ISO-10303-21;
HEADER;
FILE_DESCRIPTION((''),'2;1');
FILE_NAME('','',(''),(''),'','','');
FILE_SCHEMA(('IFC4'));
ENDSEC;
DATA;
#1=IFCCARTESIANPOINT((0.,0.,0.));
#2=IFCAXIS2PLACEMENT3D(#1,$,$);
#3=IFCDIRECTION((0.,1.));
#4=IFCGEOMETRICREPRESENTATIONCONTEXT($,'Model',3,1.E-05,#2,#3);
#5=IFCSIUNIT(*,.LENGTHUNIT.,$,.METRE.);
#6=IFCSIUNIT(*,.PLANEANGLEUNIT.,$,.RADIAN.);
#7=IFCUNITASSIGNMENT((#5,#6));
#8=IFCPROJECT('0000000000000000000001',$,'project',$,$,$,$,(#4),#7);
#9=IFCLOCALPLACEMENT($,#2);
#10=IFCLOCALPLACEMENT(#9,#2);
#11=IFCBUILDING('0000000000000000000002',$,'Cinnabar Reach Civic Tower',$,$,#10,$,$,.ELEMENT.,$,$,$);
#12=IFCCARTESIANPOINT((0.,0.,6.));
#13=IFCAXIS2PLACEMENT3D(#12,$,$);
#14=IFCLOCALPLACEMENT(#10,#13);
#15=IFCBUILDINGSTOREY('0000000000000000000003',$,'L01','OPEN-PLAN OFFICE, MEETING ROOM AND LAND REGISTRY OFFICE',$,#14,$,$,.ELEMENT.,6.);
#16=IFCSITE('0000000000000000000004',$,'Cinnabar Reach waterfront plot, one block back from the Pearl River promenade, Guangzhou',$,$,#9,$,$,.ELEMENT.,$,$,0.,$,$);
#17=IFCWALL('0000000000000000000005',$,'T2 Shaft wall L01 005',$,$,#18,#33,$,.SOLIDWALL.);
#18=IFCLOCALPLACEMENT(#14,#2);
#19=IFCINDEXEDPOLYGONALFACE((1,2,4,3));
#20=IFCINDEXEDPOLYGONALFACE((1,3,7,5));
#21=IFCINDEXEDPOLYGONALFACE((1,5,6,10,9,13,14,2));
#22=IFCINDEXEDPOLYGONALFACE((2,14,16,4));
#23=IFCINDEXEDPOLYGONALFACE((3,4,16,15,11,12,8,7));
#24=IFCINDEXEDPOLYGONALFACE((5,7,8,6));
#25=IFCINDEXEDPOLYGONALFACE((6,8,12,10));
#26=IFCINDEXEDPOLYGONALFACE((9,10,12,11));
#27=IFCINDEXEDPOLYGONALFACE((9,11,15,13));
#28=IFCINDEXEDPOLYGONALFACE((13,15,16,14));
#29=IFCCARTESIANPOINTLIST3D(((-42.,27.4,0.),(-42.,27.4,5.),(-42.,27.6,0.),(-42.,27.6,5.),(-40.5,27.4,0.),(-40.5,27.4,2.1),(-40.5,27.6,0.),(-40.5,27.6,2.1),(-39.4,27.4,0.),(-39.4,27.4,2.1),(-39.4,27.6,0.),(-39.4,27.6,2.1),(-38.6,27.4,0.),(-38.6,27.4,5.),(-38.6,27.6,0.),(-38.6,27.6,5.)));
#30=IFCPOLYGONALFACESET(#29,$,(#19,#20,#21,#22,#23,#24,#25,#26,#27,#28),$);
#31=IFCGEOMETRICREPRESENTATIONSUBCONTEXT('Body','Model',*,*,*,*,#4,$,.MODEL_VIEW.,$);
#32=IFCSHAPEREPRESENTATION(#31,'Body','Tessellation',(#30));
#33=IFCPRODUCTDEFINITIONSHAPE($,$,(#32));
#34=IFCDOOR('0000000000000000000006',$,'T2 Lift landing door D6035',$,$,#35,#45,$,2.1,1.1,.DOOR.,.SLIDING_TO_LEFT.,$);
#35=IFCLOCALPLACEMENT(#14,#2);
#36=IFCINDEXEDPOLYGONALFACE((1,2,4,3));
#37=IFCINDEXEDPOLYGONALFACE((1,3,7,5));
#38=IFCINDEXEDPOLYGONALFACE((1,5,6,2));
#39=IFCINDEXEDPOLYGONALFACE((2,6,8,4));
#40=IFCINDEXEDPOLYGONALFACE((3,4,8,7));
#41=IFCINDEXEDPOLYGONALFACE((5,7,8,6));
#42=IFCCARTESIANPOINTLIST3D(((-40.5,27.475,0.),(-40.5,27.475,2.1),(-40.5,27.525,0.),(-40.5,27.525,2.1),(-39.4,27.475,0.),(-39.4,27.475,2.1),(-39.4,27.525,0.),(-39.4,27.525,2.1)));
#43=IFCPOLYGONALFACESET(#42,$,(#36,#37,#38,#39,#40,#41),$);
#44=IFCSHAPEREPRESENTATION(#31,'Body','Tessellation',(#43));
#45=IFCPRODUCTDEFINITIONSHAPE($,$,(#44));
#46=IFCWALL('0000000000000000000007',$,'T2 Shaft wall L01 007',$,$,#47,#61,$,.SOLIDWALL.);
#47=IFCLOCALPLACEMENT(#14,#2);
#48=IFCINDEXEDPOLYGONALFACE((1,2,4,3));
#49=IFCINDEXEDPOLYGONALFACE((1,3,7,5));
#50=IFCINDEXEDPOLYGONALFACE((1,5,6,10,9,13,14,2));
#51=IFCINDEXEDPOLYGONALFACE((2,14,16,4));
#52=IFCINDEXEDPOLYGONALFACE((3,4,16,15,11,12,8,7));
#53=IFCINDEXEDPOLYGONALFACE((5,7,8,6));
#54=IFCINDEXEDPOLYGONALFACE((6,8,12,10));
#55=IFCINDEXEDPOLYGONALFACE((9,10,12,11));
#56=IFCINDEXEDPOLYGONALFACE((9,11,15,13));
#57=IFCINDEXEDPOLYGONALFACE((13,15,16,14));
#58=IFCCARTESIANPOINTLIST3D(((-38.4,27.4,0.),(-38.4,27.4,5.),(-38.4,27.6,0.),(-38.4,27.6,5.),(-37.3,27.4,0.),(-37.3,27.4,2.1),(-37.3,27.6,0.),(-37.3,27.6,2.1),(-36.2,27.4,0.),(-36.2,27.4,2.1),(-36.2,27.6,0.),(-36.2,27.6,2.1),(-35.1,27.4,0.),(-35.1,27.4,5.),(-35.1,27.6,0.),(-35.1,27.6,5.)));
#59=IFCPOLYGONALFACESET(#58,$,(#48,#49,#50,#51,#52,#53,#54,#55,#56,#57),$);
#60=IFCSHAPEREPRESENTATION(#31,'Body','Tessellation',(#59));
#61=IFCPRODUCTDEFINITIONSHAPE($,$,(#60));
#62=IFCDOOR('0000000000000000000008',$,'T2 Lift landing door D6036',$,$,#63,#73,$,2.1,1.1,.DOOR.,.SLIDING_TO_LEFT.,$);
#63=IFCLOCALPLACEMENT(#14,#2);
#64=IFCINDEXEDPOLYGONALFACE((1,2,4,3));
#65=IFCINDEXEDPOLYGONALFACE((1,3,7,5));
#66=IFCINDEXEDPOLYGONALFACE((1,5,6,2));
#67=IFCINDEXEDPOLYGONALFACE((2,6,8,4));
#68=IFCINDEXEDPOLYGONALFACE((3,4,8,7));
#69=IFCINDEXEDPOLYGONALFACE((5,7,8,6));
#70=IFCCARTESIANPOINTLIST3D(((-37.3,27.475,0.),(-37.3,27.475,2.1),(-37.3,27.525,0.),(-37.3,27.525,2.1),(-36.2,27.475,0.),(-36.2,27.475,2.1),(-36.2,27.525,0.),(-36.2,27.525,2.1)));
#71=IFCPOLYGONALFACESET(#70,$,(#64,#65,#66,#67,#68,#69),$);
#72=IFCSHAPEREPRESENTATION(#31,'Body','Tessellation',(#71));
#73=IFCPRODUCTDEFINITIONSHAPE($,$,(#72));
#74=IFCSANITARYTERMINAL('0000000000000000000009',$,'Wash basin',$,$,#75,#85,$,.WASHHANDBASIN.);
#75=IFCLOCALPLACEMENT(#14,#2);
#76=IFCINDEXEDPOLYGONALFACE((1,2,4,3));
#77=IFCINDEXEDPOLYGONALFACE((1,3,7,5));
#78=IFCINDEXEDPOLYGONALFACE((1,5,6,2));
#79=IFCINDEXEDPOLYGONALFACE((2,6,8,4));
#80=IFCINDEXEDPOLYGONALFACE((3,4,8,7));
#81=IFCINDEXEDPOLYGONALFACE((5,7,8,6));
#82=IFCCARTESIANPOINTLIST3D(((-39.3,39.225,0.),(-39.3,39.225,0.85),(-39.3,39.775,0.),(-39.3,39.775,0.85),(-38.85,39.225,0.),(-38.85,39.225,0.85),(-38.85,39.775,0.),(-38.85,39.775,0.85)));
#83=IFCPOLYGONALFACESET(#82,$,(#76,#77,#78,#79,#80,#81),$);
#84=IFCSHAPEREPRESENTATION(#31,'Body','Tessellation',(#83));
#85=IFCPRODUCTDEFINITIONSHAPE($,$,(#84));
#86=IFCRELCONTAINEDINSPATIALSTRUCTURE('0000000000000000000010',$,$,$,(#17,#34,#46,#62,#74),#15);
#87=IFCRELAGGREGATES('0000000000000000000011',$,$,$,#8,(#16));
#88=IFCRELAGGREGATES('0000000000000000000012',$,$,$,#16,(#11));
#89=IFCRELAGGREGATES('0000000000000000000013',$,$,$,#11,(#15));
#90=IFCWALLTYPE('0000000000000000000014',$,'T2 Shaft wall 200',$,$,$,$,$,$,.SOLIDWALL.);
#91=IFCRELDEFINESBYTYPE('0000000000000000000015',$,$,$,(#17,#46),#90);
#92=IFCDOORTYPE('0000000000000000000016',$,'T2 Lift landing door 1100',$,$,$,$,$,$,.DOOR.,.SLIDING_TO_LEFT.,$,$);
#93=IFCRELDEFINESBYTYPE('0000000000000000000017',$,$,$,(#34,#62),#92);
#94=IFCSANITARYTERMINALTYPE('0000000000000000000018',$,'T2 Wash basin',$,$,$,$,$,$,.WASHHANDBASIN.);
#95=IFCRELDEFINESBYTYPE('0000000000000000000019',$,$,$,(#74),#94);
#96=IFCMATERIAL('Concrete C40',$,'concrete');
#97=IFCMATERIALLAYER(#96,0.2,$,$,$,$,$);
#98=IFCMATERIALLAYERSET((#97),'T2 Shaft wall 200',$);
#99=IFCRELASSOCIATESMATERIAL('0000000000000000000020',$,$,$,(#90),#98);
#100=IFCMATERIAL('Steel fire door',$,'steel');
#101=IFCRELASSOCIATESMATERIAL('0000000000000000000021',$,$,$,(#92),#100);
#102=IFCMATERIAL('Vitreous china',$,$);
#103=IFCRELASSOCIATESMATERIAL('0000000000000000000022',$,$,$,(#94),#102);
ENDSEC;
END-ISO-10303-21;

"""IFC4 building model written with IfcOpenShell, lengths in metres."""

from ifc_helpers import new_model, si_unit, direction, frame, frame_2d, origin, origin_2d, place, context, subcontext, project, spatial, rectangle, extrude, material, layer, layer_set, type_object, element, fill, save


model = new_model("IFC4")

# Units and contexts
model_context = context("Model", 3, precision=1e-05, world=origin(), true_north=direction((0.0, 1.0)))
body_context = subcontext(model_context, "Body", "Model", "MODEL_VIEW")
ifc_project = project(units=[si_unit("LENGTHUNIT", "METRE"), si_unit("PLANEANGLEUNIT", "RADIAN")], contexts=[model_context])

# Site, building, storey
site_placement = place(None, origin())
site = spatial("IfcSite", under=ifc_project, at=site_placement, Name="Cinnabar Reach waterfront plot, one block back from the Pearl River promenade, Guangzhou", CompositionType="ELEMENT", RefElevation=0.0)
building_placement = place(site_placement, origin())
building = spatial("IfcBuilding", under=site, at=building_placement, Name="Cinnabar Reach Civic Tower", CompositionType="ELEMENT")
storey_placement = place(building_placement, frame((0.0, 0.0, 6.0)))
storey = spatial("IfcBuildingStorey", under=building, at=storey_placement, Name="L01", Description="OPEN-PLAN OFFICE, MEETING ROOM AND LAND REGISTRY OFFICE", CompositionType="ELEMENT", Elevation=6.0)

# Shared definitions
ifc_material_1 = material(Name="Steel fire door", Category="steel")

# Shared definitions
ifc_material_2 = material(Name="Concrete C40", Category="concrete")
ifc_layer_1 = layer(ifc_material_2, 0.2)
ifc_layer_set_1 = layer_set([ifc_layer_1], Name="T2 Shaft wall 200")
wall_type_1 = type_object("IfcWallType", Name="T2 Shaft wall 200", PredefinedType="SOLIDWALL", material=ifc_layer_set_1)

# Walls, openings, doors
wall_1_placement = place(storey_placement, frame((-42.0, 27.5, 0.0), z_axis=(0.0, 0.0, 1.0), x_axis=(1.0, 0.0, 0.0)))
wall_1 = element("IfcWall", 1, at=wall_1_placement, inside=storey, type_object=wall_type_1, Name="T2 Shaft wall L01 005", PredefinedType="SOLIDWALL", context=body_context, shape_type="SweptSolid", body=[
    extrude(rectangle(XDim=3.4, YDim=0.2, at=frame_2d((1.7, 0.0))), origin(), (0.0, 0.0, 1.0), 5.0),
])
opening_1_placement = place(wall_1_placement, frame((1.5, 0.0, 0.0)))
opening_1 = element("IfcOpeningElement", 2, at=opening_1_placement, cuts=wall_1, PredefinedType="OPENING", context=body_context, shape_type="SweptSolid", body=[
    extrude(rectangle(XDim=1.1, YDim=2.1, at=frame_2d((0.55, 1.05))), frame((0.0, 0.11, 0.0), z_axis=(0.0, -1.0, 0.0), x_axis=(1.0, 0.0, 0.0)), (0.0, 0.0, 1.0), 0.22),
])
door_type_1 = type_object("IfcDoorType", Name="T2 Lift landing door 1100", OperationType="SLIDING_TO_LEFT", PredefinedType="DOOR", material=ifc_material_1)
door_1_placement = place(opening_1_placement, origin())
door_1 = element("IfcDoor", 3, at=door_1_placement, inside=storey, type_object=door_type_1, Name="T2 Lift landing door D6035", OperationType="SLIDING_TO_LEFT", OverallHeight=2.1, OverallWidth=1.1, PredefinedType="DOOR", context=body_context, shape_type="SweptSolid", body=[
    extrude(rectangle(XDim=1.1, YDim=2.1, at=frame_2d((0.55, 1.05))), frame((0.0, 0.025, 0.0), z_axis=(0.0, -1.0, 0.0), x_axis=(1.0, 0.0, 0.0)), (0.0, 0.0, 1.0), 0.05),
])
fill(opening_1, door_1)
wall_2_placement = place(storey_placement, frame((-38.4, 27.5, 0.0), z_axis=(0.0, 0.0, 1.0), x_axis=(1.0, 0.0, 0.0)))
wall_2 = element("IfcWall", 4, at=wall_2_placement, inside=storey, type_object=wall_type_1, Name="T2 Shaft wall L01 007", PredefinedType="SOLIDWALL", context=body_context, shape_type="SweptSolid", body=[
    extrude(rectangle(XDim=3.3, YDim=0.2, at=frame_2d((1.65, 0.0))), origin(), (0.0, 0.0, 1.0), 5.0),
])
opening_2_placement = place(wall_2_placement, frame((1.1, 0.0, 0.0)))
opening_2 = element("IfcOpeningElement", 5, at=opening_2_placement, cuts=wall_2, PredefinedType="OPENING", context=body_context, shape_type="SweptSolid", body=[
    extrude(rectangle(XDim=1.1, YDim=2.1, at=frame_2d((0.55, 1.05))), frame((0.0, 0.11, 0.0), z_axis=(0.0, -1.0, 0.0), x_axis=(1.0, 0.0, 0.0)), (0.0, 0.0, 1.0), 0.22),
])
door_2_placement = place(opening_2_placement, origin())
door_2 = element("IfcDoor", 6, at=door_2_placement, inside=storey, type_object=door_type_1, Name="T2 Lift landing door D6036", OperationType="SLIDING_TO_LEFT", OverallHeight=2.1, OverallWidth=1.1, PredefinedType="DOOR", context=body_context, shape_type="SweptSolid", body=[
    extrude(rectangle(XDim=1.1, YDim=2.1, at=frame_2d((0.55, 1.05))), frame((0.0, 0.025, 0.0), z_axis=(0.0, -1.0, 0.0), x_axis=(1.0, 0.0, 0.0)), (0.0, 0.0, 1.0), 0.05),
])
fill(opening_2, door_2)

# Sanitary terminal
ifc_material_3 = material(Name="Vitreous china")
sanitary_terminal_type = type_object("IfcSanitaryTerminalType", Name="T2 Wash basin", PredefinedType="WASHHANDBASIN", material=ifc_material_3)
sanitary_terminal_placement = place(storey_placement, frame((-39.075, 39.5, 0.0), z_axis=(0.0, 0.0, 1.0), x_axis=(1.0, 0.0, 0.0)))
element("IfcSanitaryTerminal", 7, at=sanitary_terminal_placement, inside=storey, type_object=sanitary_terminal_type, Name="Wash basin", PredefinedType="WASHHANDBASIN", context=body_context, shape_type="SweptSolid", body=[
    extrude(rectangle(XDim=0.45, YDim=0.55, at=origin_2d()), origin(), (0.0, 0.0, 1.0), 0.85),
])

save(model, "model.ifc")
